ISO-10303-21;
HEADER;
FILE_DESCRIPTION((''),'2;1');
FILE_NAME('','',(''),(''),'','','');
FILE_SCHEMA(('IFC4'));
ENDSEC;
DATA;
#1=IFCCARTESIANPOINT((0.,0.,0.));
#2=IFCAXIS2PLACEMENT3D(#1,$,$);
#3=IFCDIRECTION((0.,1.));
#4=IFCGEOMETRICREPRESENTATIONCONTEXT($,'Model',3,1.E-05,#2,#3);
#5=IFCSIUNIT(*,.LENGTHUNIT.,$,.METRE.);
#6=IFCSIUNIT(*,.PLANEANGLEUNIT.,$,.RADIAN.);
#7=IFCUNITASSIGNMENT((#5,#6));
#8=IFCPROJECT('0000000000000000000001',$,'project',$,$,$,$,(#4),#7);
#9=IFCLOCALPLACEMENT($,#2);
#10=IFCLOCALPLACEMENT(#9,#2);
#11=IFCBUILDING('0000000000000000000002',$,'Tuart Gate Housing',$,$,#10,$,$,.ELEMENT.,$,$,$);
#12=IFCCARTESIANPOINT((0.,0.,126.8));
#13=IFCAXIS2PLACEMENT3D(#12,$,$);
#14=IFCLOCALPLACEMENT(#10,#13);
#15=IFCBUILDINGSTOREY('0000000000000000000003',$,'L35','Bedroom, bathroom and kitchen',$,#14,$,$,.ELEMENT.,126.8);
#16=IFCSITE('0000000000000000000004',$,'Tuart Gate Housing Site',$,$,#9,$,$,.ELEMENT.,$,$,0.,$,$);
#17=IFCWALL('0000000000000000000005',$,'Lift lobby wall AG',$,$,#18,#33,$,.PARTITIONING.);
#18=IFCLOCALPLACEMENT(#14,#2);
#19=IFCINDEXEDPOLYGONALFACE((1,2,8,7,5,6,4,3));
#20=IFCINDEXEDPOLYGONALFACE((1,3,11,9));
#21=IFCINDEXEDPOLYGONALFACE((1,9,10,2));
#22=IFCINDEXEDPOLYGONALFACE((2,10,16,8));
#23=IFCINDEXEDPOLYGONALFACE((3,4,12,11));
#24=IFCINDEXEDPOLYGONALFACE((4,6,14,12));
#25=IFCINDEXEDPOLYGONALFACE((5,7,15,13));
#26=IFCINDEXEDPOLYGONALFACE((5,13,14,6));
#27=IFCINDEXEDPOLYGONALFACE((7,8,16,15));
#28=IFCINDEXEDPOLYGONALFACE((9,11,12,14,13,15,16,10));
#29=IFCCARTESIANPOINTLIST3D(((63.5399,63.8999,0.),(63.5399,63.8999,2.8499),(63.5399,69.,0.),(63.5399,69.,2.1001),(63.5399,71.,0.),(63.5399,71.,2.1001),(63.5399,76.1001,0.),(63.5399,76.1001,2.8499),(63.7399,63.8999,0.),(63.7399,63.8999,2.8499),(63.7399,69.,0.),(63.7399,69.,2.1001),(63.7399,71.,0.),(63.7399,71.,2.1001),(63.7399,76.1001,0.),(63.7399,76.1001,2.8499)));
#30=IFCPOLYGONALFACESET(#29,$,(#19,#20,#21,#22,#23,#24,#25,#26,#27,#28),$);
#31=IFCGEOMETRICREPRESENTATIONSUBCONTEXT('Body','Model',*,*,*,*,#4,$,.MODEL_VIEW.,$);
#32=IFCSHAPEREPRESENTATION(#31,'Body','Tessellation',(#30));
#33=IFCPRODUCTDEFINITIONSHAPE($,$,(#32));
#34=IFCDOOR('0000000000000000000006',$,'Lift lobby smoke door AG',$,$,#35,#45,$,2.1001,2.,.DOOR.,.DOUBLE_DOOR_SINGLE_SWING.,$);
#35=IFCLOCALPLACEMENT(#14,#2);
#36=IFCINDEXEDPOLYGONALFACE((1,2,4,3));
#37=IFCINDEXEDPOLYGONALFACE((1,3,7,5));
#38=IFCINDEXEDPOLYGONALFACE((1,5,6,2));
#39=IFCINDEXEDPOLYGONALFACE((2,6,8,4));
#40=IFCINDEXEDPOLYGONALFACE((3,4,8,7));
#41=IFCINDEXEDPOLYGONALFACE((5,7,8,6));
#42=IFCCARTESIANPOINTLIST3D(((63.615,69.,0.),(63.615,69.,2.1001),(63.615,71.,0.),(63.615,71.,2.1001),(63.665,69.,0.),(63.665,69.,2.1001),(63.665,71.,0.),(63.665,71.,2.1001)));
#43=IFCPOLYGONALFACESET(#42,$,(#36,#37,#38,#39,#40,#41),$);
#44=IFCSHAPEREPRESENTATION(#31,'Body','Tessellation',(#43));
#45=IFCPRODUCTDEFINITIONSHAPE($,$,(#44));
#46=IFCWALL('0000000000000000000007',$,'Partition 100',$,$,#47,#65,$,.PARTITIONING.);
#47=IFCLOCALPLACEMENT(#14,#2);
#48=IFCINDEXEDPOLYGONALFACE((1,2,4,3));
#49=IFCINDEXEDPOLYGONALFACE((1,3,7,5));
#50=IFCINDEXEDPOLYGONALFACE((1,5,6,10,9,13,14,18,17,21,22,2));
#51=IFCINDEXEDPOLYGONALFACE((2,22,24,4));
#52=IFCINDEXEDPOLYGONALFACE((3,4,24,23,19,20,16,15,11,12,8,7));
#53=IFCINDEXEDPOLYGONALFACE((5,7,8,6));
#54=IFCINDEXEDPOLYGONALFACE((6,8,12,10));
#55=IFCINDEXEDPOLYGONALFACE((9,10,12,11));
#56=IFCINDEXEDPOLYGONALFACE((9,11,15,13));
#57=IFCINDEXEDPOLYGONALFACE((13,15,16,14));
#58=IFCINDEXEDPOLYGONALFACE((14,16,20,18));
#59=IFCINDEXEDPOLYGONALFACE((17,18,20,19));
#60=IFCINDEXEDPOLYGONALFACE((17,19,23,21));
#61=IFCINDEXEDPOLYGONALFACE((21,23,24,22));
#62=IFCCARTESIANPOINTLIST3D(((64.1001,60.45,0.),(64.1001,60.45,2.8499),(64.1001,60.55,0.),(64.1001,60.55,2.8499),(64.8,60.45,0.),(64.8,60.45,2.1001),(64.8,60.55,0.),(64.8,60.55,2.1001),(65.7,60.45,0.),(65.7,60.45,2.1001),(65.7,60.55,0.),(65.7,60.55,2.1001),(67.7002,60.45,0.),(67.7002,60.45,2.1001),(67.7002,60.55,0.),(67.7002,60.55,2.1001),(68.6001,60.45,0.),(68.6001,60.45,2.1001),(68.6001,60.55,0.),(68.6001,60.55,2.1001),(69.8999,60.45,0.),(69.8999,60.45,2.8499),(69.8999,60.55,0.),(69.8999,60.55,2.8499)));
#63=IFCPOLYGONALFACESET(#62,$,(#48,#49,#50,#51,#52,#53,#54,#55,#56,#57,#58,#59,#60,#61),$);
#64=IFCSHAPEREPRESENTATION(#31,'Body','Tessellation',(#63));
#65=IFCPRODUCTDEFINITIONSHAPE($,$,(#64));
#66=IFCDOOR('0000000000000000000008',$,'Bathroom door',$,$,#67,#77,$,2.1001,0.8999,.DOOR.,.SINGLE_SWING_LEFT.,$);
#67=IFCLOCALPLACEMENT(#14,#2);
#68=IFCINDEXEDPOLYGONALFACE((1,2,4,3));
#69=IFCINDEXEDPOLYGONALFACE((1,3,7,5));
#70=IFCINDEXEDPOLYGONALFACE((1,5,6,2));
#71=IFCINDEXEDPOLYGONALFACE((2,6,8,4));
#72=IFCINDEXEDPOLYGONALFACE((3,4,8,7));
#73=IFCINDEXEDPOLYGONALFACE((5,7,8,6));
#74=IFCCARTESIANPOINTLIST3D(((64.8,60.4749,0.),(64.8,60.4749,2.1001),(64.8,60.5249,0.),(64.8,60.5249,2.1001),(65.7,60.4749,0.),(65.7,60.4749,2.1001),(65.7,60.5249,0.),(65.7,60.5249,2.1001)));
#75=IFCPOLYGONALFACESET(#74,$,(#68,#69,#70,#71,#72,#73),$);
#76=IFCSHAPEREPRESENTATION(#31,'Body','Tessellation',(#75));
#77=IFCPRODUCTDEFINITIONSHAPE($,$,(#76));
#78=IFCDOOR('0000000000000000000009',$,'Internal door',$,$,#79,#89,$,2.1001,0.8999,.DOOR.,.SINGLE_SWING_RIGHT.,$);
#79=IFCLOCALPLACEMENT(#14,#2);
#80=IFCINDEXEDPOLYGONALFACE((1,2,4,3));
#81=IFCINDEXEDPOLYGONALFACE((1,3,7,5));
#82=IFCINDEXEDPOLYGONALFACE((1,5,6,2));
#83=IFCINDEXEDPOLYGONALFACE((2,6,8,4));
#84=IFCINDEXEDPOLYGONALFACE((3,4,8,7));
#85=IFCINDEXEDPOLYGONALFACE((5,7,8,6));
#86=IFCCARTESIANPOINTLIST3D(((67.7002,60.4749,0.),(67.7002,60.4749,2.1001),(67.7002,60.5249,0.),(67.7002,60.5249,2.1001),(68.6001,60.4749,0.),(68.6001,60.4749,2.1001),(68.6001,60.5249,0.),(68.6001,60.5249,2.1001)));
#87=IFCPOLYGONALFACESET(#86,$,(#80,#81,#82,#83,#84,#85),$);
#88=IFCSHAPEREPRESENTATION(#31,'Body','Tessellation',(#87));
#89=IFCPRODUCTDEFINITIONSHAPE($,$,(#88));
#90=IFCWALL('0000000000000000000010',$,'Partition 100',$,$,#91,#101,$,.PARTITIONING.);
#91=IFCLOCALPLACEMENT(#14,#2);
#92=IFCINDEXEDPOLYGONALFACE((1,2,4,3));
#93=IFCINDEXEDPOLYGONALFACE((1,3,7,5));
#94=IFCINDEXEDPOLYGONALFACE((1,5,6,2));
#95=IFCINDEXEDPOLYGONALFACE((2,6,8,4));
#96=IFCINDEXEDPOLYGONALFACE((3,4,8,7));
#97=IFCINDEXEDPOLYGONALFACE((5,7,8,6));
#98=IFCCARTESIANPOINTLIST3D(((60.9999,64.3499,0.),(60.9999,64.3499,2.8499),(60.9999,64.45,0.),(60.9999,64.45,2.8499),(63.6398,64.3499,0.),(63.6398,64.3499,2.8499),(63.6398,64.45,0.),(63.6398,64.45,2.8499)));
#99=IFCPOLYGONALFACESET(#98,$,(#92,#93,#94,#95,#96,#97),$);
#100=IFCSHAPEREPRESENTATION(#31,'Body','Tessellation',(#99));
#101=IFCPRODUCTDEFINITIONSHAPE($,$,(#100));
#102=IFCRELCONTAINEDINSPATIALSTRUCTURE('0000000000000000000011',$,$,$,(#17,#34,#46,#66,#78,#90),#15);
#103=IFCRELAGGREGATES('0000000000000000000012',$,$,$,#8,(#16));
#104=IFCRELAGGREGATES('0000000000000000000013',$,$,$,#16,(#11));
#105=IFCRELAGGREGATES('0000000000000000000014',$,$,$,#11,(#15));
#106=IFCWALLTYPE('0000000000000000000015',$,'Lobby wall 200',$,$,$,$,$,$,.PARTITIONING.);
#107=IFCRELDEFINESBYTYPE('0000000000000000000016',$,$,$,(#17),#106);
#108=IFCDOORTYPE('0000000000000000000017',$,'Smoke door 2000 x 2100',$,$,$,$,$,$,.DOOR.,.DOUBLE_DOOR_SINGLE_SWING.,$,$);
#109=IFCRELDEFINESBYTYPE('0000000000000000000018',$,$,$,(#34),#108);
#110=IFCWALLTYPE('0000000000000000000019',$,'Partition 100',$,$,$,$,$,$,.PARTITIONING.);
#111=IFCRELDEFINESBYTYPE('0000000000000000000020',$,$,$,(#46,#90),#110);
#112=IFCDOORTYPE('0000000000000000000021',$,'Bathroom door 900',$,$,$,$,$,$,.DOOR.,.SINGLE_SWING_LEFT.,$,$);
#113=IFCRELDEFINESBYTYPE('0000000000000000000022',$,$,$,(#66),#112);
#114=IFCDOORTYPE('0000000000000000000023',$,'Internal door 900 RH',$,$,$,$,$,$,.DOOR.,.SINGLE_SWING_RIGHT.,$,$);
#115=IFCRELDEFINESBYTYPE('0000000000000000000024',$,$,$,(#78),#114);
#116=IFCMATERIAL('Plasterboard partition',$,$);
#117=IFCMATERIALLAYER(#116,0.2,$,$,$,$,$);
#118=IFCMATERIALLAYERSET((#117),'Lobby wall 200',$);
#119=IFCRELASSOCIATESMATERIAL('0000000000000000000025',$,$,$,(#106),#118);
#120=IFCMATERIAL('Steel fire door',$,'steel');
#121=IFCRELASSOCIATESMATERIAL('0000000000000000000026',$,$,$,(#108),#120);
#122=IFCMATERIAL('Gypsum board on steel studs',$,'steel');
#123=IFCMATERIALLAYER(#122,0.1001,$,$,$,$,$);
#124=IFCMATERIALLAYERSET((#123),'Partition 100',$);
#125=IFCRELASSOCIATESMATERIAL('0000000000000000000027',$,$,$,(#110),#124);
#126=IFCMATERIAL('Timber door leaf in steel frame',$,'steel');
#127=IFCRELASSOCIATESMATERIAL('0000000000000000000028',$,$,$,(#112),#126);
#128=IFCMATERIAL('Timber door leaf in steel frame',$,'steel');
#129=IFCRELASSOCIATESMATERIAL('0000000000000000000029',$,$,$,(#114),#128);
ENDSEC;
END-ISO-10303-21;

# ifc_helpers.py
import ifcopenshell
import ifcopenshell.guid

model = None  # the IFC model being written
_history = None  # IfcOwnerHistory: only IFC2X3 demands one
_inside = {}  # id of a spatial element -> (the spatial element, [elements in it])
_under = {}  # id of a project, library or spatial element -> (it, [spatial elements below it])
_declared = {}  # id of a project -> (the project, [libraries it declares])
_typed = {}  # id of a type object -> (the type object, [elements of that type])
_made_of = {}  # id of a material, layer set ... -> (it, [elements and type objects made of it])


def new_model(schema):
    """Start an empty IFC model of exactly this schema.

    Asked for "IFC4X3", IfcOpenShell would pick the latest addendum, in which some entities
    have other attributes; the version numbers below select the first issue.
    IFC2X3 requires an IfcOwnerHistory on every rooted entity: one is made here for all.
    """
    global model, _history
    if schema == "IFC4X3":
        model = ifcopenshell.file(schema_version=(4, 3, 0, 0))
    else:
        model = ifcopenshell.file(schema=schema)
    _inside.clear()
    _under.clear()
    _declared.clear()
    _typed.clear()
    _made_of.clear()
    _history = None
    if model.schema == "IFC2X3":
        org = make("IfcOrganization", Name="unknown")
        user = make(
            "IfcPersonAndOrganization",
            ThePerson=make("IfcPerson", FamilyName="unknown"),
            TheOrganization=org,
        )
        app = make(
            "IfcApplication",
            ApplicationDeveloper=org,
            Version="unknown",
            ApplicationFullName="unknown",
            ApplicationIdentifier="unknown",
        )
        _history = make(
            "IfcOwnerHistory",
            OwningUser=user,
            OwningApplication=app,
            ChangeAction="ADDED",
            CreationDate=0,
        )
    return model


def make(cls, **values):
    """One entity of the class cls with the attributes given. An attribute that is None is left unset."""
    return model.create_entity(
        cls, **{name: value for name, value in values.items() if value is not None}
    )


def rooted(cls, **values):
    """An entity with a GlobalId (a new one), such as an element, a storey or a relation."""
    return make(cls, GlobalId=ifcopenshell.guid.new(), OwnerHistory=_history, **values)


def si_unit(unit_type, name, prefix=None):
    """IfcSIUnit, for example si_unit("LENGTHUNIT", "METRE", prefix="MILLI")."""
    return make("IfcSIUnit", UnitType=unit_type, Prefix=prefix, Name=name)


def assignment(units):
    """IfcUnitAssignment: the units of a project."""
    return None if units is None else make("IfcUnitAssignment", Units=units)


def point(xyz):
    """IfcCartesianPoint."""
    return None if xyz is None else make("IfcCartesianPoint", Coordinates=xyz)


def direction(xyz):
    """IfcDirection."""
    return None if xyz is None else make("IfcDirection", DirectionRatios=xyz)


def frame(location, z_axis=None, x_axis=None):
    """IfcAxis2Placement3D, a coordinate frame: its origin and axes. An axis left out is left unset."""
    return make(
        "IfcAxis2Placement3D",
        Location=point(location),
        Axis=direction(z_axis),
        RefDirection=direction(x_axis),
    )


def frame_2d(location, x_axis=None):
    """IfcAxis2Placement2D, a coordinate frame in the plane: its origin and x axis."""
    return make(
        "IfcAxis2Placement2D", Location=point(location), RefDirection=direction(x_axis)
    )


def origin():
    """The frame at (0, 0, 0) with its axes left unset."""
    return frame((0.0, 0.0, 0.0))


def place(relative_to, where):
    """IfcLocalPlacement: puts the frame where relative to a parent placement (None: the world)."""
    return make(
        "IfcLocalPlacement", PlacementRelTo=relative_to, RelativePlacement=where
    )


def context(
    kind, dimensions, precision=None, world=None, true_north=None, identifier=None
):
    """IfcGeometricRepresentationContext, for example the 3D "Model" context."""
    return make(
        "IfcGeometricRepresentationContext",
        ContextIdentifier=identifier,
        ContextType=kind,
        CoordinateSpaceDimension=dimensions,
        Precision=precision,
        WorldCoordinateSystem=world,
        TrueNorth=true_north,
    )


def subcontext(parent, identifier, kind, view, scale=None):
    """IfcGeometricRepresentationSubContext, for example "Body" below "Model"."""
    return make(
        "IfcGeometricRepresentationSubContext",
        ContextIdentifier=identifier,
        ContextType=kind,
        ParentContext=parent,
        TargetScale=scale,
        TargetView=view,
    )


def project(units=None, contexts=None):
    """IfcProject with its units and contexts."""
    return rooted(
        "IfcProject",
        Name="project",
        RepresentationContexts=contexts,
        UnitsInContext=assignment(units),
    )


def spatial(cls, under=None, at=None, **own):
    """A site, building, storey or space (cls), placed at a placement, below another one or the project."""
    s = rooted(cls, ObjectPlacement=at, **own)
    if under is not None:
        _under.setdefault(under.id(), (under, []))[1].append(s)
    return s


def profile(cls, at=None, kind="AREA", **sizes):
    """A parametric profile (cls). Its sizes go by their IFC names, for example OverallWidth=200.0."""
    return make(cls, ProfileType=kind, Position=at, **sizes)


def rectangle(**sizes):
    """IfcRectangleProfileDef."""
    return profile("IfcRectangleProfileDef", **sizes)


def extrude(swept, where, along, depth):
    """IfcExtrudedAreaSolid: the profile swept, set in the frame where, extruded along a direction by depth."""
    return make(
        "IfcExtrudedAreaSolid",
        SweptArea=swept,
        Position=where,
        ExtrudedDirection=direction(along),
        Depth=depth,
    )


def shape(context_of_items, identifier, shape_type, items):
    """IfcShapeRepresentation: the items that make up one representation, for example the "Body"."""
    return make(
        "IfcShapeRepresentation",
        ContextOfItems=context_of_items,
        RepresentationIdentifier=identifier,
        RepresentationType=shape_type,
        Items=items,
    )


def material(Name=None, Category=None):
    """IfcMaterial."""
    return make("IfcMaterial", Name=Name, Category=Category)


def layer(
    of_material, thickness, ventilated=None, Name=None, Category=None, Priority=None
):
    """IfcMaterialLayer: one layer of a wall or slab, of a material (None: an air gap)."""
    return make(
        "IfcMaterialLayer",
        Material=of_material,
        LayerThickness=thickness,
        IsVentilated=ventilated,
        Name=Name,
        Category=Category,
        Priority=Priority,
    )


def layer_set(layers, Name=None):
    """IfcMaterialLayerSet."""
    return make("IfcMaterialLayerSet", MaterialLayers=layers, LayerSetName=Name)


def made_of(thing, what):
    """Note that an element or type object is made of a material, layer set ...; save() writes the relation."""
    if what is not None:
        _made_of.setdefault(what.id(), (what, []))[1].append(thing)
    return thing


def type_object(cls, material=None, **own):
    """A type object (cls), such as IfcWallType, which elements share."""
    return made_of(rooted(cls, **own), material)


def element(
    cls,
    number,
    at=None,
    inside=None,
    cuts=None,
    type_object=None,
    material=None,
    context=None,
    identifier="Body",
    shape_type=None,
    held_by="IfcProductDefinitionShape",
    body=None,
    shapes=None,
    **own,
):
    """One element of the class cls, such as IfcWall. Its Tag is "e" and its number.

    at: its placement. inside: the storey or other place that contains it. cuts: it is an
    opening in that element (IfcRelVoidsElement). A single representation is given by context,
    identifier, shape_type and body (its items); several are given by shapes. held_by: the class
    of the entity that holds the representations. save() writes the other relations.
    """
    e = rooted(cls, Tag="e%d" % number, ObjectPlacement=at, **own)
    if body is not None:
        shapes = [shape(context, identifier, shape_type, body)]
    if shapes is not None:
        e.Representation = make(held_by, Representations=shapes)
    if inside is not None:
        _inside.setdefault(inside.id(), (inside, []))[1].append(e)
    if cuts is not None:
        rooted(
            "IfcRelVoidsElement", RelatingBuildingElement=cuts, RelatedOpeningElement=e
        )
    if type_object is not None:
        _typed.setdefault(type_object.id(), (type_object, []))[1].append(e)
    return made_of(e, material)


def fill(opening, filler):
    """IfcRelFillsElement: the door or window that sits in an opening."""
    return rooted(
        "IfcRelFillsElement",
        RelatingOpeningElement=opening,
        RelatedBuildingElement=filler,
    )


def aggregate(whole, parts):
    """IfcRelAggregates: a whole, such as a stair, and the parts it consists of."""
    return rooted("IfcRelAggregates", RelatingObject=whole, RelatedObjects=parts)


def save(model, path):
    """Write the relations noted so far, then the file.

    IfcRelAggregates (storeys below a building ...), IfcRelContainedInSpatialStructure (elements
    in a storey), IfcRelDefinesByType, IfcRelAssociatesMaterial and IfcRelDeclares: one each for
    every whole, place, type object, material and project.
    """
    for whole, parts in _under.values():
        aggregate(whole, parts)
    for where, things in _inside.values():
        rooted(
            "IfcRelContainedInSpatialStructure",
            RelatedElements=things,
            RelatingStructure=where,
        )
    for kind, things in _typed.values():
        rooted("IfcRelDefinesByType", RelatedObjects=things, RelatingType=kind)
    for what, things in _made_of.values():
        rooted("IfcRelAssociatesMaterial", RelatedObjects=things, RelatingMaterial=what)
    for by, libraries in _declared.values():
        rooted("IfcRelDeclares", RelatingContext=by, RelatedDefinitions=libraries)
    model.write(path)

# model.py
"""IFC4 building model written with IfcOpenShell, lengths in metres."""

from ifc_helpers import new_model, si_unit, direction, frame, frame_2d, origin, place, context, subcontext, project, spatial, rectangle, extrude, material, layer, layer_set, type_object, element, fill, save


model = new_model("IFC4")

# Units and contexts
model_context = context("Model", 3, precision=1e-05, world=origin(), true_north=direction((0.0, 1.0)))
body_context = subcontext(model_context, "Body", "Model", "MODEL_VIEW")
ifc_project = project(units=[si_unit("LENGTHUNIT", "METRE"), si_unit("PLANEANGLEUNIT", "RADIAN")], contexts=[model_context])

# Site, building, storey
site_placement = place(None, origin())
site = spatial("IfcSite", under=ifc_project, at=site_placement, Name="Tuart Gate Housing Site", CompositionType="ELEMENT", RefElevation=0.0)
building_placement = place(site_placement, origin())
building = spatial("IfcBuilding", under=site, at=building_placement, Name="Tuart Gate Housing", CompositionType="ELEMENT")
storey_placement = place(building_placement, frame((0.0, 0.0, 126.8)))
storey = spatial("IfcBuildingStorey", under=building, at=storey_placement, Name="L35", Description="Bedroom, bathroom and kitchen", CompositionType="ELEMENT", Elevation=126.8)

# Wall, opening, door
ifc_material_1 = material(Name="Plasterboard partition")
ifc_layer_1 = layer(ifc_material_1, 0.2)
ifc_layer_set_1 = layer_set([ifc_layer_1], Name="Lobby wall 200")
wall_type_1 = type_object("IfcWallType", Name="Lobby wall 200", PredefinedType="PARTITIONING", material=ifc_layer_set_1)
wall_1_placement = place(storey_placement, frame((63.6399, 63.8999, 0.0), z_axis=(0.0, 0.0, 1.0), x_axis=(0.0, 1.0, 0.0)))
wall_1 = element("IfcWall", 1, at=wall_1_placement, inside=storey, type_object=wall_type_1, Name="Lift lobby wall AG", PredefinedType="PARTITIONING", context=body_context, shape_type="SweptSolid", body=[
    extrude(rectangle(XDim=12.2002, YDim=0.2, at=frame_2d((6.1001, 0.0))), origin(), (0.0, 0.0, 1.0), 2.8499),
])
opening_1_placement = place(wall_1_placement, frame((5.1001, 0.0, 0.0)))
opening_1 = element("IfcOpeningElement", 2, at=opening_1_placement, cuts=wall_1, PredefinedType="OPENING", context=body_context, shape_type="SweptSolid", body=[
    extrude(rectangle(XDim=2.0, YDim=2.1001, at=frame_2d((1.0, 1.05))), frame((0.0, 0.1099, 0.0), z_axis=(0.0, -1.0, 0.0), x_axis=(1.0, 0.0, 0.0)), (0.0, 0.0, 1.0), 0.22),
])
ifc_material_2 = material(Name="Steel fire door", Category="steel")
door_type_1 = type_object("IfcDoorType", Name="Smoke door 2000 x 2100", OperationType="DOUBLE_DOOR_SINGLE_SWING", PredefinedType="DOOR", material=ifc_material_2)
door_1_placement = place(opening_1_placement, frame((2.0, 0.0, 0.0), z_axis=(0.0, 0.0, 1.0), x_axis=(-1.0, 0.0, 0.0)))
door_1 = element("IfcDoor", 3, at=door_1_placement, inside=storey, type_object=door_type_1, Name="Lift lobby smoke door AG", OperationType="DOUBLE_DOOR_SINGLE_SWING", OverallHeight=2.1001, OverallWidth=2.0, PredefinedType="DOOR", context=body_context, shape_type="SweptSolid", body=[
    extrude(rectangle(XDim=2.0, YDim=2.1001, at=frame_2d((1.0, 1.05))), frame((0.0, 0.0251, 0.0), z_axis=(0.0, -1.0, 0.0), x_axis=(1.0, 0.0, 0.0)), (0.0, 0.0, 1.0), 0.05),
])
fill(opening_1, door_1)

# Wall, openings, doors
ifc_material_3 = material(Name="Gypsum board on steel studs", Category="steel")
ifc_layer_2 = layer(ifc_material_3, 0.1001)
ifc_layer_set_2 = layer_set([ifc_layer_2], Name="Partition 100")
wall_type_2 = type_object("IfcWallType", Name="Partition 100", PredefinedType="PARTITIONING", material=ifc_layer_set_2)
wall_2_placement = place(storey_placement, frame((64.1001, 60.5, 0.0), z_axis=(0.0, 0.0, 1.0), x_axis=(1.0, 0.0, 0.0)))
wall_2 = element("IfcWall", 4, at=wall_2_placement, inside=storey, type_object=wall_type_2, Name="Partition 100", PredefinedType="PARTITIONING", context=body_context, shape_type="SweptSolid", body=[
    extrude(rectangle(XDim=5.7998, YDim=0.1001, at=frame_2d((2.8999, 0.0))), origin(), (0.0, 0.0, 1.0), 2.8499),
])
opening_2_placement = place(wall_2_placement, frame((3.6001, 0.0, 0.0)))
opening_2 = element("IfcOpeningElement", 5, at=opening_2_placement, cuts=wall_2, PredefinedType="OPENING", context=body_context, shape_type="SweptSolid", body=[
    extrude(rectangle(XDim=0.8999, YDim=2.1001, at=frame_2d((0.45, 1.05))), frame((0.0, 0.0601, 0.0), z_axis=(0.0, -1.0, 0.0), x_axis=(1.0, 0.0, 0.0)), (0.0, 0.0, 1.0), 0.1201),
])
opening_3_placement = place(wall_2_placement, frame((0.7, 0.0, 0.0)))
opening_3 = element("IfcOpeningElement", 6, at=opening_3_placement, cuts=wall_2, PredefinedType="OPENING", context=body_context, shape_type="SweptSolid", body=[
    extrude(rectangle(XDim=0.8999, YDim=2.1001, at=frame_2d((0.45, 1.05))), frame((0.0, 0.0601, 0.0), z_axis=(0.0, -1.0, 0.0), x_axis=(1.0, 0.0, 0.0)), (0.0, 0.0, 1.0), 0.1201),
])
ifc_material_4 = material(Name="Timber door leaf in steel frame", Category="steel")
door_type_2 = type_object("IfcDoorType", Name="Bathroom door 900", OperationType="SINGLE_SWING_LEFT", PredefinedType="DOOR", material=ifc_material_4)
door_2_placement = place(opening_3_placement, frame((0.8999, 0.0, 0.0), z_axis=(0.0, 0.0, 1.0), x_axis=(-1.0, 0.0, 0.0)))
door_2 = element("IfcDoor", 7, at=door_2_placement, inside=storey, type_object=door_type_2, Name="Bathroom door", OperationType="SINGLE_SWING_LEFT", OverallHeight=2.1001, OverallWidth=0.8999, PredefinedType="DOOR", context=body_context, shape_type="SweptSolid", body=[
    extrude(rectangle(XDim=0.8999, YDim=2.1001, at=frame_2d((0.45, 1.05))), frame((0.0, 0.0251, 0.0), z_axis=(0.0, -1.0, 0.0), x_axis=(1.0, 0.0, 0.0)), (0.0, 0.0, 1.0), 0.05),
])
fill(opening_3, door_2)
ifc_material_5 = material(Name="Timber door leaf in steel frame", Category="steel")
door_type_3 = type_object("IfcDoorType", Name="Internal door 900 RH", OperationType="SINGLE_SWING_RIGHT", PredefinedType="DOOR", material=ifc_material_5)
door_3_placement = place(opening_2_placement, origin())
door_3 = element("IfcDoor", 8, at=door_3_placement, inside=storey, type_object=door_type_3, Name="Internal door", OperationType="SINGLE_SWING_RIGHT", OverallHeight=2.1001, OverallWidth=0.8999, PredefinedType="DOOR", context=body_context, shape_type="SweptSolid", body=[
    extrude(rectangle(XDim=0.8999, YDim=2.1001, at=frame_2d((0.45, 1.05))), frame((0.0, 0.0249, 0.0), z_axis=(0.0, -1.0, 0.0), x_axis=(1.0, 0.0, 0.0)), (0.0, 0.0, 1.0), 0.05),
])
fill(opening_2, door_3)

# Wall
wall_3_placement = place(storey_placement, frame((61.0, 64.3999, 0.0), z_axis=(0.0, 0.0, 1.0), x_axis=(1.0, 0.0, 0.0)))
element("IfcWall", 9, at=wall_3_placement, inside=storey, type_object=wall_type_2, Name="Partition 100", PredefinedType="PARTITIONING", context=body_context, shape_type="SweptSolid", body=[
    extrude(rectangle(XDim=2.6399, YDim=0.1001, at=frame_2d((1.3198, 0.0))), origin(), (0.0, 0.0, 1.0), 2.8499),
])

save(model, "model.ifc")
